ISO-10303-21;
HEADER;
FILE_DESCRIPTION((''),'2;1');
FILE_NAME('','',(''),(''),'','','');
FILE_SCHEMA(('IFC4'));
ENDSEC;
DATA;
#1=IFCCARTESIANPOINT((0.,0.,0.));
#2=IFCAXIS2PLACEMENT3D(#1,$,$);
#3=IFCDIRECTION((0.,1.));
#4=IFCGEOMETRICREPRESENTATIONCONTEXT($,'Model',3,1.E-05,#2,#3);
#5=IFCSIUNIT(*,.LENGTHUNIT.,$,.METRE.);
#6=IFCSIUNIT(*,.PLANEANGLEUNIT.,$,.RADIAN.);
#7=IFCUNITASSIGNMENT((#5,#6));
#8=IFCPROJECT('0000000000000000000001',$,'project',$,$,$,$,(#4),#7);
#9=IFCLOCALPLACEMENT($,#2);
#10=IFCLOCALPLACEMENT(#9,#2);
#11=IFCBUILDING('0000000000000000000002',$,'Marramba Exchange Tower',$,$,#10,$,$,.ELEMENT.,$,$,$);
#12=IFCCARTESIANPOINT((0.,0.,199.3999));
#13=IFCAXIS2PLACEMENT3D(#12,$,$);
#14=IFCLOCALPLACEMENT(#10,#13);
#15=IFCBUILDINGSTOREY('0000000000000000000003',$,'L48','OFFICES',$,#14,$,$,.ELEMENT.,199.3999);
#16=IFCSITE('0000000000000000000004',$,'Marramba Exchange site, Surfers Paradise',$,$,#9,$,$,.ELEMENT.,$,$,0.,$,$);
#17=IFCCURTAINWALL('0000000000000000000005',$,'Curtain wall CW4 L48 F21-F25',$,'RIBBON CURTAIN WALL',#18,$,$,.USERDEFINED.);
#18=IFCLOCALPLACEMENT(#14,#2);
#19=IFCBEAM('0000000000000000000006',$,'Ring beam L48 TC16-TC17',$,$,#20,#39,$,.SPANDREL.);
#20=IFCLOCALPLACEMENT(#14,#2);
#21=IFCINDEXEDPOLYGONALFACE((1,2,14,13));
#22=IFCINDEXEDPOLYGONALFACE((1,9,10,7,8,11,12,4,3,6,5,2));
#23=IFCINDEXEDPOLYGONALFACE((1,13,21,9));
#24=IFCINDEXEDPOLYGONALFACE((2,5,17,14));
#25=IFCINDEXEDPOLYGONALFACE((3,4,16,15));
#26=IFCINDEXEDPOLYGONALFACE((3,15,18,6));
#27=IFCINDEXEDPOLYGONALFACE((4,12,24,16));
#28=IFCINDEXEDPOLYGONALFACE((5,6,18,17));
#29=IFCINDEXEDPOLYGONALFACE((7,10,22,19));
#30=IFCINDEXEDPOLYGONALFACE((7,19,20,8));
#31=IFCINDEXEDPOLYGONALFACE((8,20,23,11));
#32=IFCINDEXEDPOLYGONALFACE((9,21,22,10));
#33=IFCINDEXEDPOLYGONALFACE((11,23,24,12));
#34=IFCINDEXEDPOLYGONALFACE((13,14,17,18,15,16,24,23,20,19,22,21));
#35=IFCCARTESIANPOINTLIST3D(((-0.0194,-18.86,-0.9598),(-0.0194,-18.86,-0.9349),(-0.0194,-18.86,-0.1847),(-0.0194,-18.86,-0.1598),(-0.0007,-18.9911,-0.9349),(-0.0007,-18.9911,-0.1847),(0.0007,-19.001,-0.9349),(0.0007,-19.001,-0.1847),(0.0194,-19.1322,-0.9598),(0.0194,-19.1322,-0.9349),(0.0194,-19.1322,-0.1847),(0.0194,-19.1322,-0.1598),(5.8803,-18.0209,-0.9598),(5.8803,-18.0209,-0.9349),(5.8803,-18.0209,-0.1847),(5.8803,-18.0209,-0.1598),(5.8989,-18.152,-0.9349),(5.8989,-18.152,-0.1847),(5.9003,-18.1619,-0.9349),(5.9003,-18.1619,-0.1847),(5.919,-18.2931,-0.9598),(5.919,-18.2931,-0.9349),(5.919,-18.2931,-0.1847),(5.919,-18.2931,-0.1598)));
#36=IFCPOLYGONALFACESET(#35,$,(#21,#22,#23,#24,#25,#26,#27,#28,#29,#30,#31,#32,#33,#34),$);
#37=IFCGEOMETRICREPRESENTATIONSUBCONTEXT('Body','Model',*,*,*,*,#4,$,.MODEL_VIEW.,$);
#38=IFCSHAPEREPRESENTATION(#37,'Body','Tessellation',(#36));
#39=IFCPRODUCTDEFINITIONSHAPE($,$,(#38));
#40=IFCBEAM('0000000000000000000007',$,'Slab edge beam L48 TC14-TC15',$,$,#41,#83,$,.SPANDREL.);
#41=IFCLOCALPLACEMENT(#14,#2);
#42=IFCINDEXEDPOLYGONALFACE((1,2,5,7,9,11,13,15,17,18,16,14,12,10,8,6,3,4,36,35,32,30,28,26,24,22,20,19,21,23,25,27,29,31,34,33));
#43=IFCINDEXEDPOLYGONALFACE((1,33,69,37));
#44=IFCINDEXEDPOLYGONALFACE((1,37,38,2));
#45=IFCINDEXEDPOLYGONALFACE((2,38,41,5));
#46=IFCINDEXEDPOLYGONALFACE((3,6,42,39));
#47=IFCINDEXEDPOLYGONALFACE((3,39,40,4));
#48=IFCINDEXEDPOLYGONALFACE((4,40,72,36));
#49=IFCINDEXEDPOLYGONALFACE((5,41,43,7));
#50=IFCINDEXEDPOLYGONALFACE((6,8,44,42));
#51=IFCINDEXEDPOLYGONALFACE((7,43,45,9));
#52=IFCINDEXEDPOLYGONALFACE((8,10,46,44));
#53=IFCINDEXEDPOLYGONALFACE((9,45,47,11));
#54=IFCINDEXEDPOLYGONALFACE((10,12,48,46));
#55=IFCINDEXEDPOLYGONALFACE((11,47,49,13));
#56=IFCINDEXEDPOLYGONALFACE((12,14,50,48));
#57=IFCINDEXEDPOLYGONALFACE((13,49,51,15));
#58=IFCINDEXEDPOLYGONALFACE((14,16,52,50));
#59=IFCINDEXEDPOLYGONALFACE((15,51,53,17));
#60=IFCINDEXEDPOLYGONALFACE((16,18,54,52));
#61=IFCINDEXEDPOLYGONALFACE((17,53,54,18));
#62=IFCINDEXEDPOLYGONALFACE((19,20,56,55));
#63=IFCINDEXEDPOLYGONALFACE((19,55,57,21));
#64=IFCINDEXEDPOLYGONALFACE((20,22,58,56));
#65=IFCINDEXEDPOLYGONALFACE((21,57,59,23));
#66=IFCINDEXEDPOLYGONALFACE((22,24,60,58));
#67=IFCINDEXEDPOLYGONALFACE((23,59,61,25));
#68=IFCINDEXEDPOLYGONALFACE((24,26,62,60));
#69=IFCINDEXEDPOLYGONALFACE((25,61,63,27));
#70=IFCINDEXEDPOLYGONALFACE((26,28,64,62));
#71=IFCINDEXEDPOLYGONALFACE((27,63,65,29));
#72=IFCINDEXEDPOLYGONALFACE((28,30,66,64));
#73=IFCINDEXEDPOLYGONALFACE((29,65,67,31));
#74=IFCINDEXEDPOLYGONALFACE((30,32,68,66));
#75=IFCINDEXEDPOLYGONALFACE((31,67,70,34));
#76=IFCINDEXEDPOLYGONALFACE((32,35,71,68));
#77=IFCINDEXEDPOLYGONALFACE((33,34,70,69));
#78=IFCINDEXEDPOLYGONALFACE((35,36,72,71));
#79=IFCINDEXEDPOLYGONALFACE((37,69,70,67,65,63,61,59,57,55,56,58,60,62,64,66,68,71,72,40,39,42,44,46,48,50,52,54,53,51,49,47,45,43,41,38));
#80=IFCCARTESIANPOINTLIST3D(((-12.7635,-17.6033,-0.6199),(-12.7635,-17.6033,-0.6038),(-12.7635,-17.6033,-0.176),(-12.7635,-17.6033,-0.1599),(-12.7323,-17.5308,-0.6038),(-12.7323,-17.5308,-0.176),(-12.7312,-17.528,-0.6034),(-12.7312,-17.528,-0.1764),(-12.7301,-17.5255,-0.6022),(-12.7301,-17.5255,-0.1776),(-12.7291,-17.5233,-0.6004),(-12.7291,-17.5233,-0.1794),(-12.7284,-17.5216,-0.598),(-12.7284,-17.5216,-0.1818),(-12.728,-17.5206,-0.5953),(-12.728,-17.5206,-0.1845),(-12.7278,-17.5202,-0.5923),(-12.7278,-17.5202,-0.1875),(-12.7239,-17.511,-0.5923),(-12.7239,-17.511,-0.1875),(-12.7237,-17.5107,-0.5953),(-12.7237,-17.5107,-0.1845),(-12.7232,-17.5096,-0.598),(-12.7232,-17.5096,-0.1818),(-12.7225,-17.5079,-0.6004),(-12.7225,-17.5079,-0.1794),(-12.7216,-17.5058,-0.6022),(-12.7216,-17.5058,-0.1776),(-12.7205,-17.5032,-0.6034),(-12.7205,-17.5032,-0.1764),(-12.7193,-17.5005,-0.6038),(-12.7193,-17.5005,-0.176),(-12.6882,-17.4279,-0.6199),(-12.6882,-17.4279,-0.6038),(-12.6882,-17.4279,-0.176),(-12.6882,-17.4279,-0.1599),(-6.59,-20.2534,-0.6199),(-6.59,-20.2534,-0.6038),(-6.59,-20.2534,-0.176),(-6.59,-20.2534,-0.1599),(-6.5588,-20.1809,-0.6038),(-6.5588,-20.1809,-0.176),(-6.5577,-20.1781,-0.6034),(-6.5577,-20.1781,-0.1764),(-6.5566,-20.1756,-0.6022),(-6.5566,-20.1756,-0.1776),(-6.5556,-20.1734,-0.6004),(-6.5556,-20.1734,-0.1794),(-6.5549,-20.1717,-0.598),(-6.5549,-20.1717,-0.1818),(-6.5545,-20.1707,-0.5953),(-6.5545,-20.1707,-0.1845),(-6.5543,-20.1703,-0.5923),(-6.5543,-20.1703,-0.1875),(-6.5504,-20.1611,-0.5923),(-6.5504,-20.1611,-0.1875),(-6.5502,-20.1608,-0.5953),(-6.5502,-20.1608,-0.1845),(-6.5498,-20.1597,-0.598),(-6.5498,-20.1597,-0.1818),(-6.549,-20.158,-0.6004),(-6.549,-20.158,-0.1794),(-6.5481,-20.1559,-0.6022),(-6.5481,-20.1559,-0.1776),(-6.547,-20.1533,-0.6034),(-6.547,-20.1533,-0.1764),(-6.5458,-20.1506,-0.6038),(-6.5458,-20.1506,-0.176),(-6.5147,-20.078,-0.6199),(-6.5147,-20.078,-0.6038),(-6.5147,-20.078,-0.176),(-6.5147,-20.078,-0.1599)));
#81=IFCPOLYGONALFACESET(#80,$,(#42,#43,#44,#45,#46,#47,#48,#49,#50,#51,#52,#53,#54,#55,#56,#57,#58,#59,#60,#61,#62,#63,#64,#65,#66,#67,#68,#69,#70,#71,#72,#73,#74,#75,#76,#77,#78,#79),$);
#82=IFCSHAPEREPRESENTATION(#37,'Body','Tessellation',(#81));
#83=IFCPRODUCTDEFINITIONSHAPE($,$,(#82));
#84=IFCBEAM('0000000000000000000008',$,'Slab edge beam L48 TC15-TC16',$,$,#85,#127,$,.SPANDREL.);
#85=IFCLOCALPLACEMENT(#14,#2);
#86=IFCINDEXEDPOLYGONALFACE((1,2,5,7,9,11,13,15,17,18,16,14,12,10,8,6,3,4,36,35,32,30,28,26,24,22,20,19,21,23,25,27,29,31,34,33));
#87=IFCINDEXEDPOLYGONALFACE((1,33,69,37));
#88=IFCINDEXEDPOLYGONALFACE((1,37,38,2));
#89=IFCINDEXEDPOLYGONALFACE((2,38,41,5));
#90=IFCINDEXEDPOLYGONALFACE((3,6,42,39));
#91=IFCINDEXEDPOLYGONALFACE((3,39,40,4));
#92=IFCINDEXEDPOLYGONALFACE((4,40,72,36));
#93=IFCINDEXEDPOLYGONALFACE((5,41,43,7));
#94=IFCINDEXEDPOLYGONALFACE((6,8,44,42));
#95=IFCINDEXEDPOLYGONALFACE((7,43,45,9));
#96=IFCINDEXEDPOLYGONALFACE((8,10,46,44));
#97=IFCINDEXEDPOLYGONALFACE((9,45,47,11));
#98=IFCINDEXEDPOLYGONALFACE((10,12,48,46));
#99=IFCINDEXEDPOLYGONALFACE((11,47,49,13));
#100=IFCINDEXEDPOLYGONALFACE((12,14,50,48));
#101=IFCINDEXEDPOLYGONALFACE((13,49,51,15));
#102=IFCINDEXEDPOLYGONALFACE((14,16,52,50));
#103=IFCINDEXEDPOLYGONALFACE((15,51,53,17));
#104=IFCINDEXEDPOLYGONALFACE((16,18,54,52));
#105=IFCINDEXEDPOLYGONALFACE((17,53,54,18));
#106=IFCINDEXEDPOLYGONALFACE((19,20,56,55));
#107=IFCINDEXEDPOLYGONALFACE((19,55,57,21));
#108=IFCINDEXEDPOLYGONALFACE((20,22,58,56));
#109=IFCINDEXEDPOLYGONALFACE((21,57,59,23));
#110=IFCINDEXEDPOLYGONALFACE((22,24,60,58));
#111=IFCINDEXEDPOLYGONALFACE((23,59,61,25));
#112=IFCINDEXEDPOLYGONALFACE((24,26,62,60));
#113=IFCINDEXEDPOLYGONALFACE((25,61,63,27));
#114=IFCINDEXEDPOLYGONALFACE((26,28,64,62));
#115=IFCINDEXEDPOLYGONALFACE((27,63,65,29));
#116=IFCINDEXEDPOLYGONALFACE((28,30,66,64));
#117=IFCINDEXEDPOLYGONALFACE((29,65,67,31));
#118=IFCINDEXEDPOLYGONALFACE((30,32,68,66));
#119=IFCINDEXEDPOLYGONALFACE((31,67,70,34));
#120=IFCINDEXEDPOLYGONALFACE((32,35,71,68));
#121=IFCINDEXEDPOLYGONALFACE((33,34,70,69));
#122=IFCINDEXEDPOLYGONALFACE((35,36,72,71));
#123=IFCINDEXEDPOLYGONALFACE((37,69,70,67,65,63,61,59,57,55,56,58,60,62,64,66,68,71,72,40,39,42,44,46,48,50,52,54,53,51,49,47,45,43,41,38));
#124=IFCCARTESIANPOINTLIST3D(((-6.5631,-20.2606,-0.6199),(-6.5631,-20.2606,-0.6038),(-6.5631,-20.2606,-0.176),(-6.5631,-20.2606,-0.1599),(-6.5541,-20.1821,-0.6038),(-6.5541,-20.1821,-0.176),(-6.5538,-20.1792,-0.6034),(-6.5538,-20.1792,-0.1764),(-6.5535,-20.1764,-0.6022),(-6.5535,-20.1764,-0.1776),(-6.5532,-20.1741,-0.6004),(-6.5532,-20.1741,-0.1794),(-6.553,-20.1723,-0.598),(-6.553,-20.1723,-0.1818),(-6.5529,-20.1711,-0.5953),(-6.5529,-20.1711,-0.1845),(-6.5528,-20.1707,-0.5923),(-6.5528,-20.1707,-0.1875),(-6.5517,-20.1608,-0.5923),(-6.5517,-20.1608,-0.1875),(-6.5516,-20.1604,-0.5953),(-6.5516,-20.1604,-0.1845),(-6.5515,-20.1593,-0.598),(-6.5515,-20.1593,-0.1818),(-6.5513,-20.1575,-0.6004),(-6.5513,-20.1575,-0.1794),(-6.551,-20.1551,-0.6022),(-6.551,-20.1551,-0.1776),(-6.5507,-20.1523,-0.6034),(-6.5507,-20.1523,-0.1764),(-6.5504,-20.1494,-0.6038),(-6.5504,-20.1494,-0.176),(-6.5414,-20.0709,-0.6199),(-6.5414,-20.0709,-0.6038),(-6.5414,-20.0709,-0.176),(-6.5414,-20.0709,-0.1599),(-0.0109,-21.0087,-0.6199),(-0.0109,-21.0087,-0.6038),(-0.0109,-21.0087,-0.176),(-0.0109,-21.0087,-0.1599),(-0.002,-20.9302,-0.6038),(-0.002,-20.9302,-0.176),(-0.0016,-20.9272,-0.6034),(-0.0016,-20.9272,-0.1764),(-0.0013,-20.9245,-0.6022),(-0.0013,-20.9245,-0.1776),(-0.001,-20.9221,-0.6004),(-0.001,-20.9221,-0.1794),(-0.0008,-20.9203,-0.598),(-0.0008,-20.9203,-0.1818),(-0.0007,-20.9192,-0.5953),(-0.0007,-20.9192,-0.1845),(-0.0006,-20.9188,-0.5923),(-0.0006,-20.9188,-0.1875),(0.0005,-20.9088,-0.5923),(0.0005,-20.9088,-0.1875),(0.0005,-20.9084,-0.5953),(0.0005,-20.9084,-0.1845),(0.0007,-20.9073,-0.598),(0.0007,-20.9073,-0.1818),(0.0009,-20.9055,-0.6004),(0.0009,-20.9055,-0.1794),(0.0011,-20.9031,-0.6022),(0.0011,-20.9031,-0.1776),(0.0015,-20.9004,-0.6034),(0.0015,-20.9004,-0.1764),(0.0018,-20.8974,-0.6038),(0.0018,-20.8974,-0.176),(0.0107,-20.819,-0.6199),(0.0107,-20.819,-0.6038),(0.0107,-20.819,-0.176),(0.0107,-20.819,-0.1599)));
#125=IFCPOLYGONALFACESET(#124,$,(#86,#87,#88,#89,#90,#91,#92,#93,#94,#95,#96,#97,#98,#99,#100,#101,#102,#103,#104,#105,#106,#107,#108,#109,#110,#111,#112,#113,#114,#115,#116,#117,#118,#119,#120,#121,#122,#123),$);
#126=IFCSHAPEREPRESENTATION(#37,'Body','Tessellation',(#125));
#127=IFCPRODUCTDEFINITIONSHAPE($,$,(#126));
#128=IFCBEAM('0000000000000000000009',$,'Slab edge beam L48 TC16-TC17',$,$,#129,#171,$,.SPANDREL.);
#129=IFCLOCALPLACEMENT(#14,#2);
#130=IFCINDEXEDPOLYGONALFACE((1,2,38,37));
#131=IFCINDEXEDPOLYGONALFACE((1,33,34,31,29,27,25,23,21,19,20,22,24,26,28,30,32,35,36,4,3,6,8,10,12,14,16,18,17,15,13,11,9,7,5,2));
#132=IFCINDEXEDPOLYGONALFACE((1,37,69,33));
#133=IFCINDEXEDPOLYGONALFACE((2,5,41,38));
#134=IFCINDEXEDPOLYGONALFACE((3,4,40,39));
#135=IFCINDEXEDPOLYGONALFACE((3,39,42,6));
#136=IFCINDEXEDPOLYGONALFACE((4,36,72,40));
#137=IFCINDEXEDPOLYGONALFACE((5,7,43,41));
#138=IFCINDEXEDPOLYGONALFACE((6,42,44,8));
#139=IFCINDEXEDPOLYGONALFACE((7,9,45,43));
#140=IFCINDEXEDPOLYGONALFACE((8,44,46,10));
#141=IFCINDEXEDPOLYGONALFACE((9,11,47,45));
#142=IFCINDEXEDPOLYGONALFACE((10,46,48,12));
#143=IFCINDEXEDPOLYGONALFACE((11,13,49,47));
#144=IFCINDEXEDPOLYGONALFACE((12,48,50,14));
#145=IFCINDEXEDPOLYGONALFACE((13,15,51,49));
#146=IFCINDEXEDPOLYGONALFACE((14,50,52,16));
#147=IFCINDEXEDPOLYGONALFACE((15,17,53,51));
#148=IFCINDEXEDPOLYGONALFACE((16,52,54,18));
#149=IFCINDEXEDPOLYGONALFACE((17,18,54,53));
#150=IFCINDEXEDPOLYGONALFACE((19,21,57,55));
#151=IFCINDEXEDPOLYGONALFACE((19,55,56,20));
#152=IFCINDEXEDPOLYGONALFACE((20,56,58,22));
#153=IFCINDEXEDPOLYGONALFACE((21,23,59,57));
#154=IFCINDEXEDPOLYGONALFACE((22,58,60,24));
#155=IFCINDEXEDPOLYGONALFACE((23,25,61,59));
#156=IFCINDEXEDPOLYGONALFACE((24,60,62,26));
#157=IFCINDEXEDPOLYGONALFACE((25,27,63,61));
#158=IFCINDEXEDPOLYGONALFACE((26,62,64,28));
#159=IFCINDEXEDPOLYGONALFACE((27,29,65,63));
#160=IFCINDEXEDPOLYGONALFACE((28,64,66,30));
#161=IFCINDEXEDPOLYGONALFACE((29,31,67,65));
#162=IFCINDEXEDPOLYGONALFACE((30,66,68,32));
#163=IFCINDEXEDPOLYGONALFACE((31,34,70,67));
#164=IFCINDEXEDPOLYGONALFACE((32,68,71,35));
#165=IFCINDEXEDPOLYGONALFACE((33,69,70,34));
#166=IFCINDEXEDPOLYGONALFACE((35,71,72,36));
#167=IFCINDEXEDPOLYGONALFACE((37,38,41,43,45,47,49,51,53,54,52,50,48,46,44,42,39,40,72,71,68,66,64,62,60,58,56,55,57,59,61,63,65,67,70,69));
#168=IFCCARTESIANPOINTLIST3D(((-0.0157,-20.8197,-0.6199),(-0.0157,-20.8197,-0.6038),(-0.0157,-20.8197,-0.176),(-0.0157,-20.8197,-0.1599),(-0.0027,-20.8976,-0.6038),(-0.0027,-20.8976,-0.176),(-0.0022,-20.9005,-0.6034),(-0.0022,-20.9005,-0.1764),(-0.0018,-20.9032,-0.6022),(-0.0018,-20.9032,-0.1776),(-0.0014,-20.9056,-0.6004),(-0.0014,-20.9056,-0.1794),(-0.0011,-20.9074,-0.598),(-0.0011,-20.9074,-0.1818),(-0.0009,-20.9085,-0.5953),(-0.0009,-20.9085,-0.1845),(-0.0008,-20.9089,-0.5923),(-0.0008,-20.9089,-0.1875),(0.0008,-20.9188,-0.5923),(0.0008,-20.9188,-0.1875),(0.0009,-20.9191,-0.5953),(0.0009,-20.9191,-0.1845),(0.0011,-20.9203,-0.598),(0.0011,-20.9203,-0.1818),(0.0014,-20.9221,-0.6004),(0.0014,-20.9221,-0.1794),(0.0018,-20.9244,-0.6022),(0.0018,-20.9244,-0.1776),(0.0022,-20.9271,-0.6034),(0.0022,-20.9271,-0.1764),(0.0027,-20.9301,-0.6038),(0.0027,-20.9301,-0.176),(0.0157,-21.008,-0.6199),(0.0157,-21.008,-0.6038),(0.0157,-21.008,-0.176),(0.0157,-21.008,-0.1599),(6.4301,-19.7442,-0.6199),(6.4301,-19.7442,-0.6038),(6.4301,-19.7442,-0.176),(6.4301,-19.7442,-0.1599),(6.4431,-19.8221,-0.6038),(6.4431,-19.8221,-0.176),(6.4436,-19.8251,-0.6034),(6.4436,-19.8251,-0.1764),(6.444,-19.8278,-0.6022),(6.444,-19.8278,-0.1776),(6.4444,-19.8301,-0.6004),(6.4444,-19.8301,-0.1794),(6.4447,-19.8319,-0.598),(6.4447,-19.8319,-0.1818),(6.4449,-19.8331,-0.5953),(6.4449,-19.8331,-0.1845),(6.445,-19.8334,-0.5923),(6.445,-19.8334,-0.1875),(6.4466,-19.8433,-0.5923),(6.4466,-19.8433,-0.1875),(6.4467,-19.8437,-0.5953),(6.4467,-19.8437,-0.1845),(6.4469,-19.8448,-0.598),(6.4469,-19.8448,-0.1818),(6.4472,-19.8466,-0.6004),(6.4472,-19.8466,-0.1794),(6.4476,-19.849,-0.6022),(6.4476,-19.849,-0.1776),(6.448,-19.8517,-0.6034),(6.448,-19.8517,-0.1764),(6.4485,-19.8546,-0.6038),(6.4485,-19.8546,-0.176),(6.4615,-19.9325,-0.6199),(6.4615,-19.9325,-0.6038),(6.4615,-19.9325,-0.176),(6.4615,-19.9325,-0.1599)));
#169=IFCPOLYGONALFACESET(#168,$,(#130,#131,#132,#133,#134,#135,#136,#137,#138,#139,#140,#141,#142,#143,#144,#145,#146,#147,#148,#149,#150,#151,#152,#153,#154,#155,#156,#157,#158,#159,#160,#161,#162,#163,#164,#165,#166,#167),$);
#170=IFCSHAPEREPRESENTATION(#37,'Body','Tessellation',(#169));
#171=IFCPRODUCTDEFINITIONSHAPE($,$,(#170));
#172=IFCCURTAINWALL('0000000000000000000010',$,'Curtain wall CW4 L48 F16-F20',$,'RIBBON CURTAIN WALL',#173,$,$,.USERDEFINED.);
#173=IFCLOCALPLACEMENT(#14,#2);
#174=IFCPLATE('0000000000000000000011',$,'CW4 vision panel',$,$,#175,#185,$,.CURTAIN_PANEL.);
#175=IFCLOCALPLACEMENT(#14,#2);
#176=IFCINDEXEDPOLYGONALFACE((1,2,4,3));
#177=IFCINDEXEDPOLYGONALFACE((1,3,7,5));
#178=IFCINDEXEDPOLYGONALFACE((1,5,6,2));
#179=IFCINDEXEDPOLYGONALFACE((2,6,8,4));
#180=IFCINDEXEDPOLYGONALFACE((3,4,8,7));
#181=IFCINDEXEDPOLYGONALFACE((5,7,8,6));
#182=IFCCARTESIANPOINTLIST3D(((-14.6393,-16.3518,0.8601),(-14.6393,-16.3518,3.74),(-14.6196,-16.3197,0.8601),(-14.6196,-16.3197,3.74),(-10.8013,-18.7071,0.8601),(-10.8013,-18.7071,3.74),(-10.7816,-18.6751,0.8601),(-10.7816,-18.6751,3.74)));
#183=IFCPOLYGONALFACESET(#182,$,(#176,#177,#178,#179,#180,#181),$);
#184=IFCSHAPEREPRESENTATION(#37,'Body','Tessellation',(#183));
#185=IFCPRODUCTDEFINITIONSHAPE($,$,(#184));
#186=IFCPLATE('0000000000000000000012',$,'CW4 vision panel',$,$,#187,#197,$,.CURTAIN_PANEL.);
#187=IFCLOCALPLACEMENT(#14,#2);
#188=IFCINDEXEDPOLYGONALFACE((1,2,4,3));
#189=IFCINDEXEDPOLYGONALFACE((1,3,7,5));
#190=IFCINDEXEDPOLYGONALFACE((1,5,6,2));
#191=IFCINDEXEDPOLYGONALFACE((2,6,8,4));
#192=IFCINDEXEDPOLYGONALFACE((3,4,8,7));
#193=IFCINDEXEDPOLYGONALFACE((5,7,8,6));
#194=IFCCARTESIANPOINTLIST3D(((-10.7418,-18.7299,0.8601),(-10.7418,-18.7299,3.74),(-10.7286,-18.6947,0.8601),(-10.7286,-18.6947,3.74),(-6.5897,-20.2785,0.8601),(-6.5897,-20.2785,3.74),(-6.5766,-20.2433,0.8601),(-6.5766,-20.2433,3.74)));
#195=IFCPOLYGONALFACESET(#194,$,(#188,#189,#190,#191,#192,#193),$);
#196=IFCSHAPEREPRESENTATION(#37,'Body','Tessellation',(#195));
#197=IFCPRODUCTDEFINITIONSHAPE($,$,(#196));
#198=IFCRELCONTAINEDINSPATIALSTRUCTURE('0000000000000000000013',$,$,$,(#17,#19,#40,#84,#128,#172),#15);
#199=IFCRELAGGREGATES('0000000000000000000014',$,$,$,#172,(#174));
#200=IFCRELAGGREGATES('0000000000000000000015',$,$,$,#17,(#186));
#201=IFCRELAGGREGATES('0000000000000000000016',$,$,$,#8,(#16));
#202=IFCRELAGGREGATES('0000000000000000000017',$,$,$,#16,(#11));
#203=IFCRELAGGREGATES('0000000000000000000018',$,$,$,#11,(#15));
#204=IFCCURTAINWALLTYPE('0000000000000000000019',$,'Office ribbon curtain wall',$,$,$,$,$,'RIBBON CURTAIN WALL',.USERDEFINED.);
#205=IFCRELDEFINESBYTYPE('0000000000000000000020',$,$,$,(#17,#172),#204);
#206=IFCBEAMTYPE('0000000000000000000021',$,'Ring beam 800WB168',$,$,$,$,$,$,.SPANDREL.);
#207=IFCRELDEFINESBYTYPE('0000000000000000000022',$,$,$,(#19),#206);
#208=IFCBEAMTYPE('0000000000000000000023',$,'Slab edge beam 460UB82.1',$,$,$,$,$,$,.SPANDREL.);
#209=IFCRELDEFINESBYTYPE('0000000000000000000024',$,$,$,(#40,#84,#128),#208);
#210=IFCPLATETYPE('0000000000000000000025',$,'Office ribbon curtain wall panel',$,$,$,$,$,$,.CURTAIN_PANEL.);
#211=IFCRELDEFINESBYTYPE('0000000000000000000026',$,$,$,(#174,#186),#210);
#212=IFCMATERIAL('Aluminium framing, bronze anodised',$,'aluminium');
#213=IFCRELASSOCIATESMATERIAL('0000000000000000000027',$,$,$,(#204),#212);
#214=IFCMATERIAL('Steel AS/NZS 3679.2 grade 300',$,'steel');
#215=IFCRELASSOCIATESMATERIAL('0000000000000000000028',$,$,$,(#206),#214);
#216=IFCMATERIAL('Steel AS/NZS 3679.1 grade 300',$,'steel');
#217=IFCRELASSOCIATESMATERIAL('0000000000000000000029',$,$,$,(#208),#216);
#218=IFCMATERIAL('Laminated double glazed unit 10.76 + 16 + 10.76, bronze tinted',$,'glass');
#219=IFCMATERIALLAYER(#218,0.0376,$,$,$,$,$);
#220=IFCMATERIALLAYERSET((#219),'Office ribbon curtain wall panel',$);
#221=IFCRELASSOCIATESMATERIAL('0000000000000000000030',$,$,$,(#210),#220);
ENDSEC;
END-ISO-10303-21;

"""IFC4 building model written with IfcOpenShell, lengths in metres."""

from ifc_helpers import new_model, si_unit, direction, frame, origin, origin_2d, place, context, subcontext, project, spatial, rectangle, i_section, extrude, material, layer, layer_set, material_profile, profile_set, type_object, element, aggregate, save


model = new_model("IFC4")

# Units and contexts
model_context = context("Model", 3, precision=1e-05, world=origin(), true_north=direction((0.0, 1.0)))
body_context = subcontext(model_context, "Body", "Model", "MODEL_VIEW")
ifc_project = project(units=[si_unit("LENGTHUNIT", "METRE"), si_unit("PLANEANGLEUNIT", "RADIAN")], contexts=[model_context])

# Site, building, storey
site_placement = place(None, origin())
site = spatial("IfcSite", under=ifc_project, at=site_placement, Name="Marramba Exchange site, Surfers Paradise", CompositionType="ELEMENT", RefElevation=0.0)
building_placement = place(site_placement, origin())
building = spatial("IfcBuilding", under=site, at=building_placement, Name="Marramba Exchange Tower", CompositionType="ELEMENT")
storey_placement = place(building_placement, frame((0.0, 0.0, 199.3999)))
storey = spatial("IfcBuildingStorey", under=building, at=storey_placement, Name="L48", Description="OFFICES", CompositionType="ELEMENT", Elevation=199.3999)

# Shared definitions
ifc_material_1 = material(Name="Steel AS/NZS 3679.2 grade 300", Category="steel")

# Curtain wall
ifc_material_2 = material(Name="Aluminium framing, bronze anodised", Category="aluminium")
curtain_wall_type = type_object("IfcCurtainWallType", Name="Office ribbon curtain wall", ElementType="RIBBON CURTAIN WALL", PredefinedType="USERDEFINED", material=ifc_material_2)
curtain_wall_1_placement = place(storey_placement, origin())
curtain_wall_1 = element("IfcCurtainWall", 1, at=curtain_wall_1_placement, inside=storey, type_object=curtain_wall_type, Name="Curtain wall CW4 L48 F21-F25", ObjectType="RIBBON CURTAIN WALL", PredefinedType="USERDEFINED")

# Beams
ifc_material_profile_1 = material_profile(ifc_material_1, i_section(OverallWidth=0.2749, OverallDepth=0.8, WebThickness=0.01, FlangeThickness=0.0249, at=origin_2d()), Name="800WB168")
ifc_profile_set_1 = profile_set([ifc_material_profile_1], Name="Steel AS/NZS 3679.2 grade 300")
beam_type_1 = type_object("IfcBeamType", Name="Ring beam 800WB168", PredefinedType="SPANDREL", material=ifc_profile_set_1)
for number, where, z_axis, x_axis, name in (
    (2, (0.0, -18.9961, -0.5598), (0.990036, 0.140813, 0.0), (-0.140813, 0.990036, 0.0), "Ring beam L48 TC16-TC17"),
):
    element("IfcBeam", number, at=place(storey_placement, frame(where, z_axis=z_axis, x_axis=x_axis)), inside=storey, type_object=beam_type_1, Name=name, PredefinedType="SPANDREL", context=body_context, shape_type="SweptSolid", body=[
        extrude(i_section(OverallWidth=0.2749, OverallDepth=0.8, WebThickness=0.01, FlangeThickness=0.0249, at=origin_2d()), origin(), (0.0, 0.0, 1.0), 5.959),
    ])
ifc_material_3 = material(Name="Steel AS/NZS 3679.1 grade 300", Category="steel")
ifc_material_profile_2 = material_profile(ifc_material_3, i_section(OverallWidth=0.1909, OverallDepth=0.46, WebThickness=0.01, FlangeThickness=0.0161, FilletRadius=0.0115, at=origin_2d()), Name="460UB82.1")
ifc_profile_set_2 = profile_set([ifc_material_profile_2], Name="Steel AS/NZS 3679.1 grade 300")
beam_type_2 = type_object("IfcBeamType", Name="Slab edge beam 460UB82.1", PredefinedType="SPANDREL", material=ifc_profile_set_2)
beam_1_placement = place(storey_placement, frame((-12.7258, -17.5156, -0.3899), z_axis=(0.918912, -0.394463, 0.0), x_axis=(0.394463, 0.918912, 0.0)))
element("IfcBeam", 3, at=beam_1_placement, inside=storey, type_object=beam_type_2, Name="Slab edge beam L48 TC14-TC15", PredefinedType="SPANDREL", context=body_context, shape_type="SweptSolid", body=[
    extrude(i_section(OverallWidth=0.1909, OverallDepth=0.46, WebThickness=0.01, FlangeThickness=0.0161, FilletRadius=0.0115, at=origin_2d()), origin(), (0.0, 0.0, 1.0), 6.7183),
])
beam_2_placement = place(storey_placement, frame((-6.5522, -20.1658, -0.3899), z_axis=(0.993546, -0.11343, 0.0), x_axis=(0.11343, 0.993546, 0.0)))
element("IfcBeam", 4, at=beam_2_placement, inside=storey, type_object=beam_type_2, Name="Slab edge beam L48 TC15-TC16", PredefinedType="SPANDREL", context=body_context, shape_type="SweptSolid", body=[
    extrude(i_section(OverallWidth=0.1909, OverallDepth=0.46, WebThickness=0.01, FlangeThickness=0.0161, FilletRadius=0.0115, at=origin_2d()), origin(), (0.0, 0.0, 1.0), 6.5947),
])
beam_3_placement = place(storey_placement, frame((0.0, -20.9138, -0.3899), z_axis=(0.986366, 0.164569, 0.0), x_axis=(-0.164569, 0.986366, 0.0)))
element("IfcBeam", 5, at=beam_3_placement, inside=storey, type_object=beam_type_2, Name="Slab edge beam L48 TC16-TC17", PredefinedType="SPANDREL", context=body_context, shape_type="SweptSolid", body=[
    extrude(i_section(OverallWidth=0.1909, OverallDepth=0.46, WebThickness=0.01, FlangeThickness=0.0161, FilletRadius=0.0115, at=origin_2d()), origin(), (0.0, 0.0, 1.0), 6.5349),
])

# Curtain wall, plate
curtain_wall_2_placement = place(storey_placement, origin())
curtain_wall_2 = element("IfcCurtainWall", 6, at=curtain_wall_2_placement, inside=storey, type_object=curtain_wall_type, Name="Curtain wall CW4 L48 F16-F20", ObjectType="RIBBON CURTAIN WALL", PredefinedType="USERDEFINED")
ifc_material_4 = material(Name="Laminated double glazed unit 10.76 + 16 + 10.76, bronze tinted", Category="glass")
ifc_layer_1 = layer(ifc_material_4, 0.0376)
ifc_layer_set_1 = layer_set([ifc_layer_1], Name="Office ribbon curtain wall panel")
plate_type = type_object("IfcPlateType", Name="Office ribbon curtain wall panel", PredefinedType="CURTAIN_PANEL", material=ifc_layer_set_1)
plate_1_placement = place(storey_placement, frame((-12.7104, -17.5134, 0.8601), z_axis=(0.0, 0.0, 1.0), x_axis=(0.852301, -0.523052, 0.0)))
plate_1 = element("IfcPlate", 7, at=plate_1_placement, type_object=plate_type, Name="CW4 vision panel", PredefinedType="CURTAIN_PANEL", context=body_context, shape_type="SweptSolid", body=[
    extrude(rectangle(XDim=4.5032, YDim=0.0376, at=origin_2d()), origin(), (0.0, 0.0, 1.0), 2.8799),
])
aggregate(curtain_wall_2, [plate_1])

# Plate
plate_2_placement = place(storey_placement, frame((-8.6592, -19.4866, 0.8601), z_axis=(0.0, 0.0, 1.0), x_axis=(0.936952, -0.349459, 0.0)))
plate_2 = element("IfcPlate", 8, at=plate_2_placement, type_object=plate_type, Name="CW4 vision panel", PredefinedType="CURTAIN_PANEL", context=body_context, shape_type="SweptSolid", body=[
    extrude(rectangle(XDim=4.4314, YDim=0.0376, at=origin_2d()), origin(), (0.0, 0.0, 1.0), 2.8799),
])
aggregate(curtain_wall_1, [plate_2])

save(model, "model.ifc")
